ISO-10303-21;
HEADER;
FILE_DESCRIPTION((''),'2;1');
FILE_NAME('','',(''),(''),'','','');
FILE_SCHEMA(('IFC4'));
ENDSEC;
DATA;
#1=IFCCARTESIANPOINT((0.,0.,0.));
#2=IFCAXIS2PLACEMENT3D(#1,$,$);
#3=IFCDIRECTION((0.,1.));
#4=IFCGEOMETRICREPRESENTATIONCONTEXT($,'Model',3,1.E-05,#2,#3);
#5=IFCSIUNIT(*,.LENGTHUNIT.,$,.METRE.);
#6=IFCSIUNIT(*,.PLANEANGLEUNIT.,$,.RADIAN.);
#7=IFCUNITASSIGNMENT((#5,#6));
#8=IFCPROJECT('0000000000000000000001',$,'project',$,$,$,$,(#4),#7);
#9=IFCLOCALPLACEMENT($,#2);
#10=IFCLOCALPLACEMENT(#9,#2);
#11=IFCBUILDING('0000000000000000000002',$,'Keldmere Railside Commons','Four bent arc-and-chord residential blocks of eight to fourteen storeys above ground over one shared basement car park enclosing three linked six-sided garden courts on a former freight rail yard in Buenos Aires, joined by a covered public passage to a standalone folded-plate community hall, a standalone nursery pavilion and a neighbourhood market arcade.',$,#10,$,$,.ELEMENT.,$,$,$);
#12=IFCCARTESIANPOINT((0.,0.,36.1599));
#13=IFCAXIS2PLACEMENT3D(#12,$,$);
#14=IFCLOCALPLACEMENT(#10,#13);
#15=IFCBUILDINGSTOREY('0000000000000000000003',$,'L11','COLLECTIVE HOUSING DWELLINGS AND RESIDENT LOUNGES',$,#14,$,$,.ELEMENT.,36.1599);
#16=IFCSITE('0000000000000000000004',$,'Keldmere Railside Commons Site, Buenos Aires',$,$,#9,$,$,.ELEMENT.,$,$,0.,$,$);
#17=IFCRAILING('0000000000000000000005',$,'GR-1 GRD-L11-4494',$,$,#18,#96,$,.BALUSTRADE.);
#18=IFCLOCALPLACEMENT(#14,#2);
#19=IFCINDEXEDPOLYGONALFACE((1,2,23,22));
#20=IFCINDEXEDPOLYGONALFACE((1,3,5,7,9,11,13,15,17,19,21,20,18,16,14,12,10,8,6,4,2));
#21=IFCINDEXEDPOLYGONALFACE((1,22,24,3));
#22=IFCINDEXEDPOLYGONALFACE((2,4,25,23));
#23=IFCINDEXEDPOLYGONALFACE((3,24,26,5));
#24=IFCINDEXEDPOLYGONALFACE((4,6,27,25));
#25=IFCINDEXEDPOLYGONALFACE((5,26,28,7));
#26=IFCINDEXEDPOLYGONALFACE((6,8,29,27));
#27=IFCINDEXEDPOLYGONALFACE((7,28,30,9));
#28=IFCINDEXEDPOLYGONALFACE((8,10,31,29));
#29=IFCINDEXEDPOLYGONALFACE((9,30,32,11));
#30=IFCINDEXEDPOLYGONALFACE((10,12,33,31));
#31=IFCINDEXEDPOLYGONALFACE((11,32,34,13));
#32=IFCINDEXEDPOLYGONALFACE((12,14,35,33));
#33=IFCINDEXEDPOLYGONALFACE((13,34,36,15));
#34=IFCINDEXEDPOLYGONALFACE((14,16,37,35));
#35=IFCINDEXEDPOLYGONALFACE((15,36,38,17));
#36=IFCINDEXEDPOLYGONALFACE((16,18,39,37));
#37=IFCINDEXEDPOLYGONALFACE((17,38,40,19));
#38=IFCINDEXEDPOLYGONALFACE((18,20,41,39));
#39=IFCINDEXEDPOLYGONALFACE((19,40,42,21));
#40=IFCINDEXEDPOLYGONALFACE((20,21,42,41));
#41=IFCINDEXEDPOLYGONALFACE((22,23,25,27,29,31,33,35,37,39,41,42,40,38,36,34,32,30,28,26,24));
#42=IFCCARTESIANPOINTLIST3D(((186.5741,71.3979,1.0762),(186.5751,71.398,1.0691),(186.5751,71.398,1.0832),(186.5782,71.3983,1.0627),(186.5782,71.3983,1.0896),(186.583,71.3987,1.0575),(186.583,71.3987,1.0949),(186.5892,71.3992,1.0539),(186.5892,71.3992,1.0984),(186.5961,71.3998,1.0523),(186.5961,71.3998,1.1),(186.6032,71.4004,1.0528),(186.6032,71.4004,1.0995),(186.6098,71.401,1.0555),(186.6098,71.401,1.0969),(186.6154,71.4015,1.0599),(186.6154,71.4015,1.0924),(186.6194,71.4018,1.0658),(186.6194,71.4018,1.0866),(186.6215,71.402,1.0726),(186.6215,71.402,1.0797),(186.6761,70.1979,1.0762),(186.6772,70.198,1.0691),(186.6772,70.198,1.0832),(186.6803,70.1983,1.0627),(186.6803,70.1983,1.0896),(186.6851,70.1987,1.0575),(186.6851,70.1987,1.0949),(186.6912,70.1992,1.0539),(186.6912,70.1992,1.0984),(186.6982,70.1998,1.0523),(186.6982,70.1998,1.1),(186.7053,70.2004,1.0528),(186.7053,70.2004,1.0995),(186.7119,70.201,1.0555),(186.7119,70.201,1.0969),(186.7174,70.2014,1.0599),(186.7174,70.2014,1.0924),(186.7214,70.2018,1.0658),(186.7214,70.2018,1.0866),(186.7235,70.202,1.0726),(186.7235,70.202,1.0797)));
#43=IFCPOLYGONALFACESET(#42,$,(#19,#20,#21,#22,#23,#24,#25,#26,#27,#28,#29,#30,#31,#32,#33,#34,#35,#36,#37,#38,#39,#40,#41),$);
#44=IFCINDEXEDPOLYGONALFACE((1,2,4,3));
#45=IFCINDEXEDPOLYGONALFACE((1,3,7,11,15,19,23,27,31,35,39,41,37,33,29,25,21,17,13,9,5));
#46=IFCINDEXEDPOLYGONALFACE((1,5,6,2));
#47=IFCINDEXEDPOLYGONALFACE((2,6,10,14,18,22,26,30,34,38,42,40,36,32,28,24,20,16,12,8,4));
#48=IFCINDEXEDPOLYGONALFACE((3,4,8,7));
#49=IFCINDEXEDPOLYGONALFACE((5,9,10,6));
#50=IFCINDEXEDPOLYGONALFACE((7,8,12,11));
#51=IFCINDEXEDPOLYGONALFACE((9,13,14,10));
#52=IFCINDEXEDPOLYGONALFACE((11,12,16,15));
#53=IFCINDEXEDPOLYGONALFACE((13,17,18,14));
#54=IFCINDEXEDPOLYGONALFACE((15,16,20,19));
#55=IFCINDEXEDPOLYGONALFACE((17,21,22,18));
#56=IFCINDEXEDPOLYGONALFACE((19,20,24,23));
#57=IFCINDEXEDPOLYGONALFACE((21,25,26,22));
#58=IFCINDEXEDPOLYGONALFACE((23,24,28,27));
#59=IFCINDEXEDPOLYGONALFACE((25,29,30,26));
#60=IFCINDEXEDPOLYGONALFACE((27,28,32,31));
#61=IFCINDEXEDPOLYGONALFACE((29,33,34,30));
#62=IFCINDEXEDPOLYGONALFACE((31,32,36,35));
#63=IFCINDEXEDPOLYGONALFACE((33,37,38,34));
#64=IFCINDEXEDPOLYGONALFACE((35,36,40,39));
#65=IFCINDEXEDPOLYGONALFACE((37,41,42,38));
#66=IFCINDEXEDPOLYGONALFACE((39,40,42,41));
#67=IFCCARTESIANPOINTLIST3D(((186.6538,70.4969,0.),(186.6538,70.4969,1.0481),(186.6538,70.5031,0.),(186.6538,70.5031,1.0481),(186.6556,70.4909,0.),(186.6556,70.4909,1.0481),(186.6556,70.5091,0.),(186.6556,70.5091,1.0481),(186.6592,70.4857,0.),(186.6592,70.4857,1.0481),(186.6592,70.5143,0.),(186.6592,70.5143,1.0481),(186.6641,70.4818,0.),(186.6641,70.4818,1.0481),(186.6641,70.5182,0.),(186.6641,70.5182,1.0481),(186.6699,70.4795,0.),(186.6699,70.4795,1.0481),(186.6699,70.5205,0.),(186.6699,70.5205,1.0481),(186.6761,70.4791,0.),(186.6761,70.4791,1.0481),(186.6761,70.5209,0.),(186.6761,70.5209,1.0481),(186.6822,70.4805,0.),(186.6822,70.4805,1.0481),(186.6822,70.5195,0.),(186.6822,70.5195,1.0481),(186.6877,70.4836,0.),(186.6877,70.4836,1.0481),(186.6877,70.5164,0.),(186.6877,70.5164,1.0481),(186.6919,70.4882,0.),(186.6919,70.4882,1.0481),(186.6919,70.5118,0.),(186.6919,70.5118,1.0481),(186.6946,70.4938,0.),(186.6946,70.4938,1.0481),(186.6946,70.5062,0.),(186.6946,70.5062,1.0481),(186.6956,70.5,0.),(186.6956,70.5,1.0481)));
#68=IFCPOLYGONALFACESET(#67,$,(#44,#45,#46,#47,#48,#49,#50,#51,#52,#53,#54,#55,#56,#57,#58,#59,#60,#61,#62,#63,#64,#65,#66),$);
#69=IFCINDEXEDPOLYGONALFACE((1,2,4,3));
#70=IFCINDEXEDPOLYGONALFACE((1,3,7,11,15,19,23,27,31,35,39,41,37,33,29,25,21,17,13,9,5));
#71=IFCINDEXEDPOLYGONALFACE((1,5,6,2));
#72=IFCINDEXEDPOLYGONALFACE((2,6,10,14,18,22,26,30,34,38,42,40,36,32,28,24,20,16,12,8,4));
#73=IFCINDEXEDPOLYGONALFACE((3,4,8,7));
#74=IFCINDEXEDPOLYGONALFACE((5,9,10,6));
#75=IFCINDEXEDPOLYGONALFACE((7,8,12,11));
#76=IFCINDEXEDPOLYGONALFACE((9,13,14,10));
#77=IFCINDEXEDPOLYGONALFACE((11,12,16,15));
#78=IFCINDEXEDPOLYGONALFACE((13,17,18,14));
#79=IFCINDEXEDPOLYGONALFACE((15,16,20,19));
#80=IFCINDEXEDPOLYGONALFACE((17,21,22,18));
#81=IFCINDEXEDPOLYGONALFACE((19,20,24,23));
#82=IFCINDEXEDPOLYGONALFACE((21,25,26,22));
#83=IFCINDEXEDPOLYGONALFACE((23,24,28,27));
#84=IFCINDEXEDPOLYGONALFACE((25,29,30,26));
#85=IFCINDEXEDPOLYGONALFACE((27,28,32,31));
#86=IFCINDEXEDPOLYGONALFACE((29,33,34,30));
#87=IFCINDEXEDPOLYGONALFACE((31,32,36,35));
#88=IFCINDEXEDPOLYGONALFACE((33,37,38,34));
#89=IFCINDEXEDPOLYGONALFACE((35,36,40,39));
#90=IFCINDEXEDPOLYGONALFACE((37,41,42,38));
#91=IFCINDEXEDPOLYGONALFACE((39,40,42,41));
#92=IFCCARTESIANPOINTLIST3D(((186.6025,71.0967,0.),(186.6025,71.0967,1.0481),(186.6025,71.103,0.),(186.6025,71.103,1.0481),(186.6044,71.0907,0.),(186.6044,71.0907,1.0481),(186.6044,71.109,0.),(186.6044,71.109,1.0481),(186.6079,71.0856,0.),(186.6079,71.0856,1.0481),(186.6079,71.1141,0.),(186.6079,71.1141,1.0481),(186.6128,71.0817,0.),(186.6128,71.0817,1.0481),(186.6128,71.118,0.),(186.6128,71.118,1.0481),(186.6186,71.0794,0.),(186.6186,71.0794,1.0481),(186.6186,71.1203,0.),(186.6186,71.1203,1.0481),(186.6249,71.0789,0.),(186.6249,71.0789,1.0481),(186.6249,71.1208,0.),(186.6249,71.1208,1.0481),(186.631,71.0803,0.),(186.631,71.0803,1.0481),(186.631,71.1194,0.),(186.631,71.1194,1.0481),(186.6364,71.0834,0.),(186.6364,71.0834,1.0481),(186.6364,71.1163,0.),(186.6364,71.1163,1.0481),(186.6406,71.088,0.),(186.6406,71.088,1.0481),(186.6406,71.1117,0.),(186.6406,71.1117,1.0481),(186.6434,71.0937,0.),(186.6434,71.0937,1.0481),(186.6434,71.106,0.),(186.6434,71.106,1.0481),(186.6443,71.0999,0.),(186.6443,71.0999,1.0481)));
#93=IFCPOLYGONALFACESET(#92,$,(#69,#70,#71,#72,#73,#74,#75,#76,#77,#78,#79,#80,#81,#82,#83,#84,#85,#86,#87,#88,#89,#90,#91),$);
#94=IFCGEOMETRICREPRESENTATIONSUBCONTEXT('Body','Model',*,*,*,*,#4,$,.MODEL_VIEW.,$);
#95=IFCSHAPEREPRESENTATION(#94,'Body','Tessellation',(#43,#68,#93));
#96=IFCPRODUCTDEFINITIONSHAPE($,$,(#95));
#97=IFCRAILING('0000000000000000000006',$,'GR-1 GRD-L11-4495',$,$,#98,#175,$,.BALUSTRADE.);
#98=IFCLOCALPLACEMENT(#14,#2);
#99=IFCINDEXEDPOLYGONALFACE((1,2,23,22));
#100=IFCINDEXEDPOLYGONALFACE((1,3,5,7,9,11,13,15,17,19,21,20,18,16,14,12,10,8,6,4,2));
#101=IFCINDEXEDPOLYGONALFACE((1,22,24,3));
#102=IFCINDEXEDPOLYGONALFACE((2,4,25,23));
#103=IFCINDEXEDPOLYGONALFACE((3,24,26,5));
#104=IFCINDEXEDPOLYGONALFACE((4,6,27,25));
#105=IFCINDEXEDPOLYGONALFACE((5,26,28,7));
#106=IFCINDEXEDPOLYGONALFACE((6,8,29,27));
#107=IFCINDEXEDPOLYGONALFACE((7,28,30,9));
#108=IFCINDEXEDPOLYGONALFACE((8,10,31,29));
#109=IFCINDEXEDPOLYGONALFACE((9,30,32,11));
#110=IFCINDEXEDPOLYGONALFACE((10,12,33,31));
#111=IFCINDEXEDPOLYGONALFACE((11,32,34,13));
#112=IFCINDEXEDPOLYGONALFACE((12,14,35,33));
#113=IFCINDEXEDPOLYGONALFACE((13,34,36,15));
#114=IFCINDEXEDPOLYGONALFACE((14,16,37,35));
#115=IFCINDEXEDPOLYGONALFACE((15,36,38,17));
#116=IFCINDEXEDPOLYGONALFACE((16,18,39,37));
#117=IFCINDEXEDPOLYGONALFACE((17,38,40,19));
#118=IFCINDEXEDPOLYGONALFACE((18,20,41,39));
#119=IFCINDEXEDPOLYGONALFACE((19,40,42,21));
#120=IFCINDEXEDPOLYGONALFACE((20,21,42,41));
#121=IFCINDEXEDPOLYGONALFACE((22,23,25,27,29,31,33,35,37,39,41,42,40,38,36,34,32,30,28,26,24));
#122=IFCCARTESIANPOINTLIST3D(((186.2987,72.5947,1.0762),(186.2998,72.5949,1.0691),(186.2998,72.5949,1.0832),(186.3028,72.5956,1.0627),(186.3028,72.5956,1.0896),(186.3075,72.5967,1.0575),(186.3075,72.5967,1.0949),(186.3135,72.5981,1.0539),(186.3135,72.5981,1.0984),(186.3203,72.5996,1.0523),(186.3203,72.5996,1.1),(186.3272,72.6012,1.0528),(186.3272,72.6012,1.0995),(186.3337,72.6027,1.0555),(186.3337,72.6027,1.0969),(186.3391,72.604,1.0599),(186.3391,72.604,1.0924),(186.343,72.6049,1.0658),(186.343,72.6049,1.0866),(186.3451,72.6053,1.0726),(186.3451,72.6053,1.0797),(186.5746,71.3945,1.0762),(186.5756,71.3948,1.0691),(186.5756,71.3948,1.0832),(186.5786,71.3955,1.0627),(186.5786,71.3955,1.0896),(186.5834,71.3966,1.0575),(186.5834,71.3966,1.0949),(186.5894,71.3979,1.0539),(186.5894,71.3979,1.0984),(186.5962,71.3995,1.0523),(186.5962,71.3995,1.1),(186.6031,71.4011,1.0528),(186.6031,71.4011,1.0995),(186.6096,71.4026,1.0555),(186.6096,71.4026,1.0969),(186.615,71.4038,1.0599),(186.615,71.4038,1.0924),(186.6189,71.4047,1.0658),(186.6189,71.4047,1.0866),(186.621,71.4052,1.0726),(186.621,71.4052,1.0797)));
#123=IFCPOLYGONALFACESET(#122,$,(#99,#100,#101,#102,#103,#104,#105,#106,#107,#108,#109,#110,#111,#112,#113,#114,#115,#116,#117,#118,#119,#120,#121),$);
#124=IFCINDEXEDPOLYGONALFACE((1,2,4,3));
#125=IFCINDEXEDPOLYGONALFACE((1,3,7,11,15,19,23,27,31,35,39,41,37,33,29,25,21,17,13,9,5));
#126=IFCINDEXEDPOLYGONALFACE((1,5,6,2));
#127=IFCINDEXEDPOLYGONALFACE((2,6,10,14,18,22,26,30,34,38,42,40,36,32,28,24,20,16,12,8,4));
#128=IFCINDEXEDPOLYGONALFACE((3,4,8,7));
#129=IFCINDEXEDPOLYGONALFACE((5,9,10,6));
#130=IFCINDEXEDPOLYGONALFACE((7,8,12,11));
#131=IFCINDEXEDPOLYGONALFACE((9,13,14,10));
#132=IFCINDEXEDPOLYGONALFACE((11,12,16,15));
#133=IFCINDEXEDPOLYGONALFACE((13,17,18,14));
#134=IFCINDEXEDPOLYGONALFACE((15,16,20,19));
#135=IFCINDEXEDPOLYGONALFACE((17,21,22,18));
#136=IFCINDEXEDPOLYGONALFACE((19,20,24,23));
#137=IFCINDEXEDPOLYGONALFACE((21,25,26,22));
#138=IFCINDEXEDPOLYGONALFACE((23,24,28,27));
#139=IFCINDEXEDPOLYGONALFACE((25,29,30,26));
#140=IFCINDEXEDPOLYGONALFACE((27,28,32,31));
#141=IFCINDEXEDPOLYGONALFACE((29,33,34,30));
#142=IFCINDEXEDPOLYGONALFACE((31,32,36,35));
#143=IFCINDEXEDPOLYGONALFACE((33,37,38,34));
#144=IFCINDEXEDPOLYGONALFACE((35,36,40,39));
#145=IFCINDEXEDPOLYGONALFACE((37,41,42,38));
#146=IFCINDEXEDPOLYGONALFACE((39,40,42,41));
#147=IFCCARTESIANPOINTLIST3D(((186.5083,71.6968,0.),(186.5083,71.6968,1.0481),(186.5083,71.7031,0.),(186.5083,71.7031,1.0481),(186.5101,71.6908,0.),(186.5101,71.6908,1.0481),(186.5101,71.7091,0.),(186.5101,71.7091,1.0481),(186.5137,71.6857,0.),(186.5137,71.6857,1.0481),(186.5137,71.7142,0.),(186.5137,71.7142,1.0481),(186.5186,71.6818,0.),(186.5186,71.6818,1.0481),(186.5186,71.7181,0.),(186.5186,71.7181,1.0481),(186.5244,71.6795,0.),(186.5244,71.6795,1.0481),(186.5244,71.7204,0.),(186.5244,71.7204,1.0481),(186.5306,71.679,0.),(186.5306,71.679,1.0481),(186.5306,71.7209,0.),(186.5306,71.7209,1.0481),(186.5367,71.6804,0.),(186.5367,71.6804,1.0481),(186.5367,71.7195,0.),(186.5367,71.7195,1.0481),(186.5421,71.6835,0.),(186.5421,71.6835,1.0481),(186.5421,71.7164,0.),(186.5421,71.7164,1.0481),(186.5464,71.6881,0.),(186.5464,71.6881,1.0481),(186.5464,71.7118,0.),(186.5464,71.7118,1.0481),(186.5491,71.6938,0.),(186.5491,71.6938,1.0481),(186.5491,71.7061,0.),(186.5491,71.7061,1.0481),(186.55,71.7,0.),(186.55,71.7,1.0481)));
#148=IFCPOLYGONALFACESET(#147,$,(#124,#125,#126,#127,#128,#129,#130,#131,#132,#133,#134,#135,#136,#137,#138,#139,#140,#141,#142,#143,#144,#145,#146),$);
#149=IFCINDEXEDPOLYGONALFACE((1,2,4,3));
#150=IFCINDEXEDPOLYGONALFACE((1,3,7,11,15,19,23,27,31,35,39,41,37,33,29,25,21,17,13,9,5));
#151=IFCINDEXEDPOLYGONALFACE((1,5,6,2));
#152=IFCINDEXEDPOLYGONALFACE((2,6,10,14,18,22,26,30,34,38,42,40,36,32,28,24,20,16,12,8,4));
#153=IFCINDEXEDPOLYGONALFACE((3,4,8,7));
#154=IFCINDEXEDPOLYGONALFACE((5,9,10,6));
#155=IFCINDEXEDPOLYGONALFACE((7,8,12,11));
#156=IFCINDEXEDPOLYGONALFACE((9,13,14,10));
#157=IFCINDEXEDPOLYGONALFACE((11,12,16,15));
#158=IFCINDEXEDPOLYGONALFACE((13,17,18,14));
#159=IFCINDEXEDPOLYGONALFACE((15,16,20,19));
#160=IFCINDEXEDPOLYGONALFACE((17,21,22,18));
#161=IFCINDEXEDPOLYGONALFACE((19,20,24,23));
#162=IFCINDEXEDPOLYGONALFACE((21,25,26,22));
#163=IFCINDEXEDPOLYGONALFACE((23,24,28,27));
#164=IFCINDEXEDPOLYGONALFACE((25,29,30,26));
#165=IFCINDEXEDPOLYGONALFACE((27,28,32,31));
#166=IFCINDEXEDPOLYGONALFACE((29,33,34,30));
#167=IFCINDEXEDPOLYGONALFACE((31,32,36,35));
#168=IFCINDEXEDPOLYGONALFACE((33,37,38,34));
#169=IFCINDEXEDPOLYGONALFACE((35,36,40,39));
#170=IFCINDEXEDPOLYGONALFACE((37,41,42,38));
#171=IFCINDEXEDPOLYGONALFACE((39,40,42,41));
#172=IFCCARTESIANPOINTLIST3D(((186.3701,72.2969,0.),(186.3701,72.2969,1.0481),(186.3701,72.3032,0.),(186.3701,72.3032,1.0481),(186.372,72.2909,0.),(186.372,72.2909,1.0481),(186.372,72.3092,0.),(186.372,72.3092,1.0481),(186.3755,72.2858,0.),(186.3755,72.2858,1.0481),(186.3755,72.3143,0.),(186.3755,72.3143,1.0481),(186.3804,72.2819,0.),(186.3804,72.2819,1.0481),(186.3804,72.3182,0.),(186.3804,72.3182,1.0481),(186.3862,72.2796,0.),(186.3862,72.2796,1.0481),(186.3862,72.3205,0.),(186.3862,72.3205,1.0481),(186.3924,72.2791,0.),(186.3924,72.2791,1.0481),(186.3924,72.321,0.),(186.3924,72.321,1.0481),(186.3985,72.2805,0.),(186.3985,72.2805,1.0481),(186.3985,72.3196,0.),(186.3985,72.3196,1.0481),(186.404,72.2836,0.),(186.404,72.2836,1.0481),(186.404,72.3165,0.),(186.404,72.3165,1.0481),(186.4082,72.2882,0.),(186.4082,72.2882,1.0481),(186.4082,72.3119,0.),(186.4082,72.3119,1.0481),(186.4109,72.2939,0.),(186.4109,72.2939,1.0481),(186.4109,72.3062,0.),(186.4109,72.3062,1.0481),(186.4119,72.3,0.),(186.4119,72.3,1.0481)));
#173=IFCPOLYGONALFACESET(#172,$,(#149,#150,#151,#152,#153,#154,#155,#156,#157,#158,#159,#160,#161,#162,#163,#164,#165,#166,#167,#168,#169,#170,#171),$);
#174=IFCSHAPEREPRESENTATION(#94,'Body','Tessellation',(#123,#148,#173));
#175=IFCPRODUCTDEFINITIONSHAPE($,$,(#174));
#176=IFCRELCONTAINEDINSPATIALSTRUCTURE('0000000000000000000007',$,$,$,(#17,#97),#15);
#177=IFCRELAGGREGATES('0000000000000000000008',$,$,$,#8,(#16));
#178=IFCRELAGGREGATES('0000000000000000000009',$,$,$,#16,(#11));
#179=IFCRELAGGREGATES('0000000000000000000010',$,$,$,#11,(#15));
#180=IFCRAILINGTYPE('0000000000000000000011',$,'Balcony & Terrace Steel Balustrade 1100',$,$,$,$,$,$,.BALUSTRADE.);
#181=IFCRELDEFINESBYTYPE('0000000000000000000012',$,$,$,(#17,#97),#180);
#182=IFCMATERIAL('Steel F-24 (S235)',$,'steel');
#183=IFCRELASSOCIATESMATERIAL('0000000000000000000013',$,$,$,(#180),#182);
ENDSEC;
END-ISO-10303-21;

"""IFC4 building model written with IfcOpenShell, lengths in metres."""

from ifc_helpers import new_model, si_unit, direction, frame, origin, origin_2d, place, context, subcontext, project, spatial, circle, extrude, material, type_object, element, save


model = new_model("IFC4")

# Units and contexts
model_context = context("Model", 3, precision=1e-05, world=origin(), true_north=direction((0.0, 1.0)))
body_context = subcontext(model_context, "Body", "Model", "MODEL_VIEW")
ifc_project = project(units=[si_unit("LENGTHUNIT", "METRE"), si_unit("PLANEANGLEUNIT", "RADIAN")], contexts=[model_context])

# Site, building, storey
site_placement = place(None, origin())
site = spatial("IfcSite", under=ifc_project, at=site_placement, Name="Keldmere Railside Commons Site, Buenos Aires", CompositionType="ELEMENT", RefElevation=0.0)
building_placement = place(site_placement, origin())
building = spatial("IfcBuilding", under=site, at=building_placement, Name="Keldmere Railside Commons", Description="Four bent arc-and-chord residential blocks of eight to fourteen storeys above ground over one shared basement car park enclosing three linked six-sided garden courts on a former freight rail yard in Buenos Aires, joined by a covered public passage to a standalone folded-plate community hall, a standalone nursery pavilion and a neighbourhood market arcade.", CompositionType="ELEMENT")
storey_placement = place(building_placement, frame((0.0, 0.0, 36.1599)))
storey = spatial("IfcBuildingStorey", under=building, at=storey_placement, Name="L11", Description="COLLECTIVE HOUSING DWELLINGS AND RESIDENT LOUNGES", CompositionType="ELEMENT", Elevation=36.1599)

# Shared definitions
ifc_material_1 = material(Name="Steel F-24 (S235)", Category="steel")

# Railings
railing_type_1 = type_object("IfcRailingType", Name="Balcony & Terrace Steel Balustrade 1100", PredefinedType="BALUSTRADE", material=ifc_material_1)
railing_1_placement = place(storey_placement, frame((186.7, 70.2, 0.0)))
element("IfcRailing", 1, at=railing_1_placement, inside=storey, type_object=railing_type_1, Name="GR-1 GRD-L11-4494", PredefinedType="BALUSTRADE", context=body_context, shape_type="SweptSolid", body=[
    extrude(circle(Radius=0.0239, at=origin_2d()), frame((0.0, 0.0, 1.0762), z_axis=(-0.08474, 0.996403, 0.0), x_axis=(-0.996403, -0.08474, 0.0)), (0.0, 0.0, 1.0), 1.2043),
    extrude(circle(Radius=0.021, at=origin_2d()), frame((-0.0254, 0.3, 0.0)), (0.0, 0.0, 1.0), 1.0481),
    extrude(circle(Radius=0.021, at=origin_2d()), frame((-0.0767, 0.8999, 0.0)), (0.0, 0.0, 1.0), 1.0481),
])
railing_2_placement = place(storey_placement, frame((186.5979, 71.3999, 0.0)))
element("IfcRailing", 2, at=railing_2_placement, inside=storey, type_object=railing_type_1, Name="GR-1 GRD-L11-4495", PredefinedType="BALUSTRADE", context=body_context, shape_type="SweptSolid", body=[
    extrude(circle(Radius=0.0239, at=origin_2d()), frame((0.0, 0.0, 1.0762), z_axis=(-0.22402, 0.974585, 0.0), x_axis=(-0.974585, -0.22402, 0.0)), (0.0, 0.0, 1.0), 1.2314),
    extrude(circle(Radius=0.021, at=origin_2d()), frame((-0.0688, 0.3, 0.0)), (0.0, 0.0, 1.0), 1.0481),
    extrude(circle(Radius=0.021, at=origin_2d()), frame((-0.207, 0.9001, 0.0)), (0.0, 0.0, 1.0), 1.0481),
])

save(model, "model.ifc")
